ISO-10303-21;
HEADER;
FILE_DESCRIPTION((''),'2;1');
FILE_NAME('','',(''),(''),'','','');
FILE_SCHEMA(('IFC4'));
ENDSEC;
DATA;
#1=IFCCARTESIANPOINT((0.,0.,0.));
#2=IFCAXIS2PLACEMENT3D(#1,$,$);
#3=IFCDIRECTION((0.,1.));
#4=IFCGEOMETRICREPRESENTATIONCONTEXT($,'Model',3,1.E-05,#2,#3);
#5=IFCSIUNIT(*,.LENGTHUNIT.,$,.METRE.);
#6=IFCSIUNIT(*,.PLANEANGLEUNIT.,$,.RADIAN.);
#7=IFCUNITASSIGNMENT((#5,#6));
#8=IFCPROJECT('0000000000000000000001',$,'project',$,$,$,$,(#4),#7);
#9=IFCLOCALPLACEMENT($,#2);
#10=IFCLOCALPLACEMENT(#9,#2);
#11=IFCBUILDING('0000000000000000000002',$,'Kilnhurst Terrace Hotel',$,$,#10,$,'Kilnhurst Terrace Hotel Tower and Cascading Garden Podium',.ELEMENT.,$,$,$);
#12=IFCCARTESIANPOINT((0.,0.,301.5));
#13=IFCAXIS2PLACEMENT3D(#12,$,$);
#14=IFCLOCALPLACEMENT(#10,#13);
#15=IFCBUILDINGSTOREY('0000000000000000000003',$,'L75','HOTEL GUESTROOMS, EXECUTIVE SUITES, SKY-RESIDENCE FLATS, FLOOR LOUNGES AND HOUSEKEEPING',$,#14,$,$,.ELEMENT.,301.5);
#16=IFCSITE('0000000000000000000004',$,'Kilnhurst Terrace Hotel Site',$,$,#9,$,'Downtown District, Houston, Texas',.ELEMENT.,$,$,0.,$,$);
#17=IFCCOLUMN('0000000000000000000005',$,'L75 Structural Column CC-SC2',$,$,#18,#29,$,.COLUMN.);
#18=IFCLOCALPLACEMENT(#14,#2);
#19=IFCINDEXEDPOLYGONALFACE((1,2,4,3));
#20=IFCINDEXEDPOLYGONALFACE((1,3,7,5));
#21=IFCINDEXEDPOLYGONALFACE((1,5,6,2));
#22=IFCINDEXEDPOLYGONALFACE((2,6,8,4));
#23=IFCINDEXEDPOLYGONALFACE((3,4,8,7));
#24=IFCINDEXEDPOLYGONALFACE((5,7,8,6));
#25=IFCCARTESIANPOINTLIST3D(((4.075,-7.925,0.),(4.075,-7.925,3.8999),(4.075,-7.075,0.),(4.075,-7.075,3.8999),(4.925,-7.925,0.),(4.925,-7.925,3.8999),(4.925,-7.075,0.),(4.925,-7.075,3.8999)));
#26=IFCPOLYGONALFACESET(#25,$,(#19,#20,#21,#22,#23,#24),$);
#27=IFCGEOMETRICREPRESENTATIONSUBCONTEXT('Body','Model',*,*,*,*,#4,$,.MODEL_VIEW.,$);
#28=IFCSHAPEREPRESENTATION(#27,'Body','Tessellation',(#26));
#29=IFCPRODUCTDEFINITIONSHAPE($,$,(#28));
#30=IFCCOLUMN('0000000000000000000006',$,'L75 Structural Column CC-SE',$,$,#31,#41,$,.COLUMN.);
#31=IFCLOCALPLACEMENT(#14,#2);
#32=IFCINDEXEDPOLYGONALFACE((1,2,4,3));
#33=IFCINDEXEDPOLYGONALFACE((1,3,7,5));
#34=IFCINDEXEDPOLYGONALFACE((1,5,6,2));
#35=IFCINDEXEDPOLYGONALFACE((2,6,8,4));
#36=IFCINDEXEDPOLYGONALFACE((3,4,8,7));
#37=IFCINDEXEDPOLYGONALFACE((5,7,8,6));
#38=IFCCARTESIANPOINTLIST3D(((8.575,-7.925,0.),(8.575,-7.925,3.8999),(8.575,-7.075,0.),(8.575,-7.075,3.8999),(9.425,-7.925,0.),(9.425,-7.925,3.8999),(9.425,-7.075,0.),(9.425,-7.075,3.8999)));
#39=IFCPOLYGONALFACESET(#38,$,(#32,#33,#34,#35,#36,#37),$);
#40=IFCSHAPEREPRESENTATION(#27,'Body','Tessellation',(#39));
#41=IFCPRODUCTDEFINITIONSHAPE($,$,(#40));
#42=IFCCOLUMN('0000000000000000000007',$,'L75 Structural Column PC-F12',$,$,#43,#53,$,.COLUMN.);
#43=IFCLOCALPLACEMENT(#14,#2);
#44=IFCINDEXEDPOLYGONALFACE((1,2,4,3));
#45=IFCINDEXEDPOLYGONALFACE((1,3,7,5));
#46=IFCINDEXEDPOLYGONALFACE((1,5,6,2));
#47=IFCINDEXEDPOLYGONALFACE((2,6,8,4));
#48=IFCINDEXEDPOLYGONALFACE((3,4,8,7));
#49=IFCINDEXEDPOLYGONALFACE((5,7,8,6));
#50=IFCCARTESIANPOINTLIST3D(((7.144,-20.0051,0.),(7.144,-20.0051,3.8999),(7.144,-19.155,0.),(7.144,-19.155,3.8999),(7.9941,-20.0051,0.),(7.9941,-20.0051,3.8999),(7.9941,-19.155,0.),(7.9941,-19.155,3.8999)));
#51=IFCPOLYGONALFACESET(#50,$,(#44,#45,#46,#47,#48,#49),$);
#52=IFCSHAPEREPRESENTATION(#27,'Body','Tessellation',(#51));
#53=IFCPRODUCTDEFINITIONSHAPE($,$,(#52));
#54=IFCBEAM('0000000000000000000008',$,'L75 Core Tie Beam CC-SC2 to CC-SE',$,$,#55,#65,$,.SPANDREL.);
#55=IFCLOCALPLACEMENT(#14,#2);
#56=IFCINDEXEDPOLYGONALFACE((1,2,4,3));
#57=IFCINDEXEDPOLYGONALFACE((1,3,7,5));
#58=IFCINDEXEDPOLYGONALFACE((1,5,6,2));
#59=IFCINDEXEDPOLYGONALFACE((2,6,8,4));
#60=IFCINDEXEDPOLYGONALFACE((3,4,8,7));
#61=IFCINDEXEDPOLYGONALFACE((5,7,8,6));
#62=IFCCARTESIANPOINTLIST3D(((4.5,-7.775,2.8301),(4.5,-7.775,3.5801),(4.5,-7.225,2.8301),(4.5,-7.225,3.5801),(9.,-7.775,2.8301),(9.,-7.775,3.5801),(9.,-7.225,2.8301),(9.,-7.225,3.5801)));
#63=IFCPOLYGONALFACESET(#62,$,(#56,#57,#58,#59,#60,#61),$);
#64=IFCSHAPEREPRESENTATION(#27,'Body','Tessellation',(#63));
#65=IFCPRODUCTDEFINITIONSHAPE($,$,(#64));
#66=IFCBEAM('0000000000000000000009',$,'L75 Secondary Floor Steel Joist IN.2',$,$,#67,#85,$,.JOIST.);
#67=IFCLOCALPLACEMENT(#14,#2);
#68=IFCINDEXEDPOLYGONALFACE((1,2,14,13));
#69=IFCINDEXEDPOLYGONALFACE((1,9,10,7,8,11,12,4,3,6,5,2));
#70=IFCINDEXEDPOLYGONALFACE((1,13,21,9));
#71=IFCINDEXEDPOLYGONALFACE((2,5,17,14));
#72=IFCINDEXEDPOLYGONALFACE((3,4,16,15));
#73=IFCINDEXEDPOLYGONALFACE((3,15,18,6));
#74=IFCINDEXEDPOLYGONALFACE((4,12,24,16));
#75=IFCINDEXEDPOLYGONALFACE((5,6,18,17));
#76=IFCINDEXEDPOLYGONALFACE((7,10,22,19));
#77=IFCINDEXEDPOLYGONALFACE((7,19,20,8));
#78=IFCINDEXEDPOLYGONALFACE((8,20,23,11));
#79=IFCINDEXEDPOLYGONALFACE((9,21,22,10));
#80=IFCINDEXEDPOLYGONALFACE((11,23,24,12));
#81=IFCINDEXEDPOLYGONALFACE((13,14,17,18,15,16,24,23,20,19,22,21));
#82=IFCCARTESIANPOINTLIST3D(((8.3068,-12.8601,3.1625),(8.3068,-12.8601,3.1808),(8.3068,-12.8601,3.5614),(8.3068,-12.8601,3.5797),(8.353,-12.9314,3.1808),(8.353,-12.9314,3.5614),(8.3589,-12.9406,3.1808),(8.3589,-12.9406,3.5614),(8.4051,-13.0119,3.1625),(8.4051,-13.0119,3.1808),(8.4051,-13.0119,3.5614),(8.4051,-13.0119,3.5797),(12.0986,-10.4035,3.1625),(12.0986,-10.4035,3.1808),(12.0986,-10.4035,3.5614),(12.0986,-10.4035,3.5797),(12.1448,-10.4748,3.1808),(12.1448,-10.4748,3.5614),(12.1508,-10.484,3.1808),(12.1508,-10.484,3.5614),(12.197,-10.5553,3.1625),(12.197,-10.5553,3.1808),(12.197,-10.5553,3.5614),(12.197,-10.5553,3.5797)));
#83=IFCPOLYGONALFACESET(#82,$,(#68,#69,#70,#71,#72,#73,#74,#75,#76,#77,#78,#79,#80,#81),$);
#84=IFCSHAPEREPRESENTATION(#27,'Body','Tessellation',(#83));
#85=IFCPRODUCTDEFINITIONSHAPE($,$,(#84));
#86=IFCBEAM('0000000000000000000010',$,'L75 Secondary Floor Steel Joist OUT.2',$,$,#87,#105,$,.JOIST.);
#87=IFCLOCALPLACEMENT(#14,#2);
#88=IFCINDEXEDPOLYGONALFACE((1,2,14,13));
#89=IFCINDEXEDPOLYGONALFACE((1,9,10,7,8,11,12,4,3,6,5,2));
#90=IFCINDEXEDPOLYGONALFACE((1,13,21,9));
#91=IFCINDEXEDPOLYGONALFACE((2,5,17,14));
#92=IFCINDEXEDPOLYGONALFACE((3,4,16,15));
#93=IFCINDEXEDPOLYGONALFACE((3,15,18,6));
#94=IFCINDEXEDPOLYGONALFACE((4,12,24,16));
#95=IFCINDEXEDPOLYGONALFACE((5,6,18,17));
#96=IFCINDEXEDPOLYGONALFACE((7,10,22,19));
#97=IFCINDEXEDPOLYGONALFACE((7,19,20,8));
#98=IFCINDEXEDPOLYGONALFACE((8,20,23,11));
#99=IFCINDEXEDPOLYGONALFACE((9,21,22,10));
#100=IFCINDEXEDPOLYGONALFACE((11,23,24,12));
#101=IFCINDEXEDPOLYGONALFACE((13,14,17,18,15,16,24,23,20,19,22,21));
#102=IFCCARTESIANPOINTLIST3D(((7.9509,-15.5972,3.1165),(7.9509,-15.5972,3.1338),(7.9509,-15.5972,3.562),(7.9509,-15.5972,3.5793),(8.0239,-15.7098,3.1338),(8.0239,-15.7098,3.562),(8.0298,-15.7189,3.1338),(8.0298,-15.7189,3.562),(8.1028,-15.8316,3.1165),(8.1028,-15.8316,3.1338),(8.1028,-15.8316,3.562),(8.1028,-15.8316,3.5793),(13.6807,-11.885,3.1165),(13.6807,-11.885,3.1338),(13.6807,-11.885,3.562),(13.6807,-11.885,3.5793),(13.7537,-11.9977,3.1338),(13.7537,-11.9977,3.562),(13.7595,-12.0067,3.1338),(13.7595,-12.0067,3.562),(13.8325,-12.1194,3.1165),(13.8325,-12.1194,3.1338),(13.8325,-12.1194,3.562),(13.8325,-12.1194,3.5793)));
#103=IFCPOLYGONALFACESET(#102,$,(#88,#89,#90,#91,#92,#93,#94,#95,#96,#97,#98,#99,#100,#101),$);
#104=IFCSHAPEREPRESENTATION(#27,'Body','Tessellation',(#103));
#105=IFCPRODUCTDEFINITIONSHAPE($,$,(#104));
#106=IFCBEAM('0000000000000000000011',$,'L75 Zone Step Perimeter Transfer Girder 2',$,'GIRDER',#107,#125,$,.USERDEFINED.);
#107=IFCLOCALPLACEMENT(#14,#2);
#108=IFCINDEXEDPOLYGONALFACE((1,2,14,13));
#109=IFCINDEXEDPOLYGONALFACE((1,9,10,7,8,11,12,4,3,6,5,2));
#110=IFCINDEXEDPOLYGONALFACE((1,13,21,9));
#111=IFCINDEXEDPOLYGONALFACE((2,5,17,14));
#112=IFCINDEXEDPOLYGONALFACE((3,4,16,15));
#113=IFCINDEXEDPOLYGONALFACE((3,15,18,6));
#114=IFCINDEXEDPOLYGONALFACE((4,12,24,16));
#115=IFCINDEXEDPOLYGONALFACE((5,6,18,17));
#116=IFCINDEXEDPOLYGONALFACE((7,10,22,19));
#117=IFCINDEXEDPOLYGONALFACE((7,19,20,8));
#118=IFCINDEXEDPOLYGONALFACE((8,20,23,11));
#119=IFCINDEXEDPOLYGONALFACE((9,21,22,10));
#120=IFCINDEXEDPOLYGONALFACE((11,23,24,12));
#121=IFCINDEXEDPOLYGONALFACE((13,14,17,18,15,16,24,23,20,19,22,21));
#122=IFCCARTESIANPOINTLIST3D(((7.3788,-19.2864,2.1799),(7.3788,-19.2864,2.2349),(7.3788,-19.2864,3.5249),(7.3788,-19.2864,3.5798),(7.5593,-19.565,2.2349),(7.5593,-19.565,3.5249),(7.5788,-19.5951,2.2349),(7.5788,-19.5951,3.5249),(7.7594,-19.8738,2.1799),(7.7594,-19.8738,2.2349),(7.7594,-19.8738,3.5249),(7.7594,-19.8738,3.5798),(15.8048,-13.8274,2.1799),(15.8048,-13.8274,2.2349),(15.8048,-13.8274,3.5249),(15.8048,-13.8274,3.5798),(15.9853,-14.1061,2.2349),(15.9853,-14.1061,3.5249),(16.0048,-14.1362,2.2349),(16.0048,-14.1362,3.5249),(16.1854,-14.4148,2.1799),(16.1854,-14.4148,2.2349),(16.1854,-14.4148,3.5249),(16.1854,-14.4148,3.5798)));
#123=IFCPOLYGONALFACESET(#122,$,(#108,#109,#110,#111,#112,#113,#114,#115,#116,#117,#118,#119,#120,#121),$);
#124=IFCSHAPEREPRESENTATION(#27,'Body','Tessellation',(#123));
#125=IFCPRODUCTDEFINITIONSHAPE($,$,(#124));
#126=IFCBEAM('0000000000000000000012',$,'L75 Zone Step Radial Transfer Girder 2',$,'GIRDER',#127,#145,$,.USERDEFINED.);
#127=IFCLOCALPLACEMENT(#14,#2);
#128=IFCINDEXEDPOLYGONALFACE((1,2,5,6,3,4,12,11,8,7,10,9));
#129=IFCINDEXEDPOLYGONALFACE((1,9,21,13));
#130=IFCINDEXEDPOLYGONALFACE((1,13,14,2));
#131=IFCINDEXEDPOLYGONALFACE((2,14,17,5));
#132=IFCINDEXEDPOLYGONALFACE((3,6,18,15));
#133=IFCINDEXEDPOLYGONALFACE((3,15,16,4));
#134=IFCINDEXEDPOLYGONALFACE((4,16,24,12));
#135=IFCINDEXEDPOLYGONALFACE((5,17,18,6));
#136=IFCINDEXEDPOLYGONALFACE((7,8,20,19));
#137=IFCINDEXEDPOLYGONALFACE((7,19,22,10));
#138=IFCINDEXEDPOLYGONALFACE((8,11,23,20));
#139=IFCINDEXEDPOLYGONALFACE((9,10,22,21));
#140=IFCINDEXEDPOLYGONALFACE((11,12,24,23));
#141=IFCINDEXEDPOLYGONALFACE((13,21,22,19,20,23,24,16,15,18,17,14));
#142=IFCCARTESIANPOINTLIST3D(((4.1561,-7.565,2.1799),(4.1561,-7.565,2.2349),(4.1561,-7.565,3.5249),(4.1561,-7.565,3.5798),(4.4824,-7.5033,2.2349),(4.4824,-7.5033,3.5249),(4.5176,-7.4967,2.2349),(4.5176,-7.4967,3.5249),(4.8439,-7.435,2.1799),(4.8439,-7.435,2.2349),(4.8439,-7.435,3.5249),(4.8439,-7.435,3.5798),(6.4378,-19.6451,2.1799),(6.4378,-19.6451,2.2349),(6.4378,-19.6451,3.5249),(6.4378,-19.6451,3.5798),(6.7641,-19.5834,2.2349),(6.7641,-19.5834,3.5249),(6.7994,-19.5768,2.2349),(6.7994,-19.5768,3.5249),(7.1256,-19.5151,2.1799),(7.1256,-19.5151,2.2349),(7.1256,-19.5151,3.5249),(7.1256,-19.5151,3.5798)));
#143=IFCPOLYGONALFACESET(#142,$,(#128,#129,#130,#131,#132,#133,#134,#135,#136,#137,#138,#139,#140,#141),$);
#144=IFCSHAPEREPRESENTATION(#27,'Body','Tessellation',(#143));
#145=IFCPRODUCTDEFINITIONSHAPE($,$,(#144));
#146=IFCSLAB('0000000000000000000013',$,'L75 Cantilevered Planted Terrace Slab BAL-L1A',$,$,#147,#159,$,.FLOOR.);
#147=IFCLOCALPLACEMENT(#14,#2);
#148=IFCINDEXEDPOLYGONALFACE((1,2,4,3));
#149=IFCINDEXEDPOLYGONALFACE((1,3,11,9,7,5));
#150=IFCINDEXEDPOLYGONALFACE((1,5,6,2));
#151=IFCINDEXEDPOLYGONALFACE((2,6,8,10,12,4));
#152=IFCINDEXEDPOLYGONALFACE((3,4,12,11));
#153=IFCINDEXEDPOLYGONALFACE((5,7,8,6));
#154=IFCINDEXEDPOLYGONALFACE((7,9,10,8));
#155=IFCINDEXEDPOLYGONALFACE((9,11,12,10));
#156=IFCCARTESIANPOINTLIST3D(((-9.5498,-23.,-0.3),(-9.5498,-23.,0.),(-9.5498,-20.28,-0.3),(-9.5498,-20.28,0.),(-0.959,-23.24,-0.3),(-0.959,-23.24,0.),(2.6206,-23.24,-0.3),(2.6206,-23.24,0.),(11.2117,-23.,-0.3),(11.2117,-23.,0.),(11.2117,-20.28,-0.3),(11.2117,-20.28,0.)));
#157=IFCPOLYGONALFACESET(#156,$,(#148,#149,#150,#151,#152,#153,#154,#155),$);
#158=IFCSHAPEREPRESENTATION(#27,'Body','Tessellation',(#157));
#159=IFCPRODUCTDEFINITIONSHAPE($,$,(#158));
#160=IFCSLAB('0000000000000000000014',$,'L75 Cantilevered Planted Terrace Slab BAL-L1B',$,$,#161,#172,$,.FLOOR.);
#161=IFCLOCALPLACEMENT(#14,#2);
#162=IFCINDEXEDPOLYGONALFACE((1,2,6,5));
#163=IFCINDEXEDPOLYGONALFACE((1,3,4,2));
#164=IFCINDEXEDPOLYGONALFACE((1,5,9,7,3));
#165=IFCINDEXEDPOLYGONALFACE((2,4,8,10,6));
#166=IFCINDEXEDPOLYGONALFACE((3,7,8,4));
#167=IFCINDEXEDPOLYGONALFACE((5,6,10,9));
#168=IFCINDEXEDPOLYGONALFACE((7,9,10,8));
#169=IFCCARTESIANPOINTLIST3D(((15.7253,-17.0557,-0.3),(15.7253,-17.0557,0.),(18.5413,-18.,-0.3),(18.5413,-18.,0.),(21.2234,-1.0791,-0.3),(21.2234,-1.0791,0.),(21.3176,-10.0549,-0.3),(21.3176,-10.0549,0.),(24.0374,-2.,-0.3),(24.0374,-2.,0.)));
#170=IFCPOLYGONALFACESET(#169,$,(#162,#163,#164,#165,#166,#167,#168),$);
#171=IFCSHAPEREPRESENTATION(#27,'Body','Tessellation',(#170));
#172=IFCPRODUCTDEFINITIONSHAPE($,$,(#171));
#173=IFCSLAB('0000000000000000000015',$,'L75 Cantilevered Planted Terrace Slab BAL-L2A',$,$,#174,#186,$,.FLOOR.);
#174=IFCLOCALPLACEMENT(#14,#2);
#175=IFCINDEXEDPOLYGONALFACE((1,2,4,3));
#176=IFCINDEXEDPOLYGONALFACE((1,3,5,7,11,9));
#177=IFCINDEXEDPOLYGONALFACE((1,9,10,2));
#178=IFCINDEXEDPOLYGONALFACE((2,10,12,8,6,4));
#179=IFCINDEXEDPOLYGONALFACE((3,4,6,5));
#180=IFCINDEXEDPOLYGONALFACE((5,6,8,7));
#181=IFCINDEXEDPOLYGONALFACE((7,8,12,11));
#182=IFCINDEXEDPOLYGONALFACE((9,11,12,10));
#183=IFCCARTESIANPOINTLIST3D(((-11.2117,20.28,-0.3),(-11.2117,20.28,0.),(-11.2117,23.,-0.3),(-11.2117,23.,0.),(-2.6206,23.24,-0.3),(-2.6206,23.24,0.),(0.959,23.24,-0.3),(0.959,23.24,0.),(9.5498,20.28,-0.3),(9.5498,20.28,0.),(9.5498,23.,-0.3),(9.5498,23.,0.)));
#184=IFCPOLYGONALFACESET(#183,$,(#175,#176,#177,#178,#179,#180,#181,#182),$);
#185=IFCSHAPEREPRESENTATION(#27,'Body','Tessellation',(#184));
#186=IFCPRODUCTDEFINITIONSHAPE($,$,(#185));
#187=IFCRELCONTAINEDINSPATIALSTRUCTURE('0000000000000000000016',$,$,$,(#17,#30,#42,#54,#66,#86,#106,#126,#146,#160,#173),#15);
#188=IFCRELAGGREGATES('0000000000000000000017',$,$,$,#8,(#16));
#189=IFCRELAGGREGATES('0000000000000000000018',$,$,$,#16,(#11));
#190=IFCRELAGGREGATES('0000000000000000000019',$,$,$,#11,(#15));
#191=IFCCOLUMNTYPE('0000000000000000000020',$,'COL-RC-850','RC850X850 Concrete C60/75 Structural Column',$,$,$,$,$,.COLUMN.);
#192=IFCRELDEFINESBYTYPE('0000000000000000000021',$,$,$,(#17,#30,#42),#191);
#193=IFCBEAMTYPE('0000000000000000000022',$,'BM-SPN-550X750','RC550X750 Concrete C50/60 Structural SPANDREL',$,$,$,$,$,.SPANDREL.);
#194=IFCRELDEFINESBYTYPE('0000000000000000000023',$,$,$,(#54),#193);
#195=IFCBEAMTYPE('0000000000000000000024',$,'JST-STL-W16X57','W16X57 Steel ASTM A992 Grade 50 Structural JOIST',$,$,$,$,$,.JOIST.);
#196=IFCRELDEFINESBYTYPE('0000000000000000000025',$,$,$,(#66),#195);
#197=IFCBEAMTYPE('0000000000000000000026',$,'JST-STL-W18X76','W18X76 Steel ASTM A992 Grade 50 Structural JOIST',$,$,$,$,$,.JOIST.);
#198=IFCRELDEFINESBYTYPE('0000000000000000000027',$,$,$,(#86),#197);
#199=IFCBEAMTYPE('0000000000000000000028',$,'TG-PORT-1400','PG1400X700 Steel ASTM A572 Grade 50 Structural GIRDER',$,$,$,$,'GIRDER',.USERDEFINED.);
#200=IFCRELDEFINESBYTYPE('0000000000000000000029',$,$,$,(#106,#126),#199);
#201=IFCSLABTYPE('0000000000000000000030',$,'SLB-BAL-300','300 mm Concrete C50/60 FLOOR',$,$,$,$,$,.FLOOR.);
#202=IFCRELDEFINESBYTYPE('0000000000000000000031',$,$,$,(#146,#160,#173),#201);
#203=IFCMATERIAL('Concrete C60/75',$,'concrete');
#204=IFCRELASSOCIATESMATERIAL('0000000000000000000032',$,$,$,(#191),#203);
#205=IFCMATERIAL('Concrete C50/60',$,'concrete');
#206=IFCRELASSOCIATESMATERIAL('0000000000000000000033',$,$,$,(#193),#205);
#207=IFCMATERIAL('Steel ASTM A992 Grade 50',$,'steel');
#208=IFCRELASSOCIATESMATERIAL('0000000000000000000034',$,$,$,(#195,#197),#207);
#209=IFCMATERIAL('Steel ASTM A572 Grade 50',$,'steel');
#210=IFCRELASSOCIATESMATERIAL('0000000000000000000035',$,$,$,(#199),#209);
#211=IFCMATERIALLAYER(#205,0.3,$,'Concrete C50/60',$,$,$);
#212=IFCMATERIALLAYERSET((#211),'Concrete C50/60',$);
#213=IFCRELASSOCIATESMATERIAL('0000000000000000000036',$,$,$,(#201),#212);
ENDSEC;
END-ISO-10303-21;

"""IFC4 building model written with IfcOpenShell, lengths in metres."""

from ifc_helpers import new_model, si_unit, direction, frame, origin, origin_2d, place, context, subcontext, project, spatial, polyline, rectangle, i_section, outline, extrude, material, layer, layer_set, material_profile, profile_set, type_object, element, save


model = new_model("IFC4")

# Units and contexts
model_context = context("Model", 3, precision=1e-05, world=origin(), true_north=direction((0.0, 1.0)))
body_context = subcontext(model_context, "Body", "Model", "MODEL_VIEW")
ifc_project = project(units=[si_unit("LENGTHUNIT", "METRE"), si_unit("PLANEANGLEUNIT", "RADIAN")], contexts=[model_context])

# Site, building, storey
site_placement = place(None, origin())
site = spatial("IfcSite", under=ifc_project, at=site_placement, Name="Kilnhurst Terrace Hotel Site", LongName="Downtown District, Houston, Texas", CompositionType="ELEMENT", RefElevation=0.0)
building_placement = place(site_placement, origin())
building = spatial("IfcBuilding", under=site, at=building_placement, Name="Kilnhurst Terrace Hotel", LongName="Kilnhurst Terrace Hotel Tower and Cascading Garden Podium", CompositionType="ELEMENT")
storey_placement = place(building_placement, frame((0.0, 0.0, 301.5)))
storey = spatial("IfcBuildingStorey", under=building, at=storey_placement, Name="L75", Description="HOTEL GUESTROOMS, EXECUTIVE SUITES, SKY-RESIDENCE FLATS, FLOOR LOUNGES AND HOUSEKEEPING", CompositionType="ELEMENT", Elevation=301.5)

# Columns
ifc_material_1 = material(Name="Concrete C60/75", Category="concrete")
ifc_material_profile_1 = material_profile(ifc_material_1, rectangle(XDim=0.8501, YDim=0.8501, at=origin_2d()), Name="RC850X850")
ifc_profile_set_1 = profile_set([ifc_material_profile_1], Name="Concrete C60/75")
column_type = type_object("IfcColumnType", Name="COL-RC-850", Description="RC850X850 Concrete C60/75 Structural Column", PredefinedType="COLUMN", material=ifc_profile_set_1)
for number, where, z_axis, x_axis, name in (
    (1, (4.5, -7.5, 0.0), (0.0, 0.0, 1.0), (1.0, 0.0, 0.0), "L75 Structural Column CC-SC2"),
    (2, (9.0, -7.5, 0.0), (0.0, 0.0, 1.0), (1.0, 0.0, 0.0), "L75 Structural Column CC-SE"),
    (3, (7.5691, -19.5801, 0.0), (0.0, 0.0, 1.0), (1.0, 0.0, 0.0), "L75 Structural Column PC-F12"),
):
    element("IfcColumn", number, at=place(storey_placement, frame(where, z_axis=z_axis, x_axis=x_axis)), inside=storey, type_object=column_type, Name=name, PredefinedType="COLUMN", context=body_context, shape_type="SweptSolid", body=[
        extrude(rectangle(XDim=0.8501, YDim=0.8501, at=origin_2d()), origin(), (0.0, 0.0, 1.0), 3.8999),
    ])

# Beams
ifc_material_2 = material(Name="Concrete C50/60", Category="concrete")
ifc_material_profile_2 = material_profile(ifc_material_2, rectangle(XDim=0.55, YDim=0.75, at=origin_2d()), Name="RC550X750")
ifc_profile_set_2 = profile_set([ifc_material_profile_2], Name="Concrete C50/60")
beam_type_1 = type_object("IfcBeamType", Name="BM-SPN-550X750", Description="RC550X750 Concrete C50/60 Structural SPANDREL", PredefinedType="SPANDREL", material=ifc_profile_set_2)
beam_1_placement = place(storey_placement, frame((4.5, -7.5, 3.2051), z_axis=(1.0, 0.0, 0.0), x_axis=(0.0, 1.0, 0.0)))
element("IfcBeam", 4, at=beam_1_placement, inside=storey, type_object=beam_type_1, Name="L75 Core Tie Beam CC-SC2 to CC-SE", PredefinedType="SPANDREL", context=body_context, shape_type="SweptSolid", body=[
    extrude(rectangle(XDim=0.55, YDim=0.75, at=origin_2d()), origin(), (0.0, 0.0, 1.0), 4.5),
])
ifc_material_3 = material(Name="Steel ASTM A992 Grade 50", Category="steel")
ifc_material_profile_3 = material_profile(ifc_material_3, i_section(OverallWidth=0.1809, OverallDepth=0.4172, WebThickness=0.011, FlangeThickness=0.0183, at=origin_2d()), Name="W16X57")
ifc_profile_set_3 = profile_set([ifc_material_profile_3], Name="Steel ASTM A992 Grade 50")
beam_type_2 = type_object("IfcBeamType", Name="JST-STL-W16X57", Description="W16X57 Steel ASTM A992 Grade 50 Structural JOIST", PredefinedType="JOIST", material=ifc_profile_set_3)
beam_2_placement = place(storey_placement, frame((8.356, -12.936, 3.3711), z_axis=(0.839261, 0.543728, 0.0), x_axis=(-0.543728, 0.839261, 0.0)))
element("IfcBeam", 5, at=beam_2_placement, inside=storey, type_object=beam_type_2, Name="L75 Secondary Floor Steel Joist IN.2", PredefinedType="JOIST", context=body_context, shape_type="SweptSolid", body=[
    extrude(i_section(OverallWidth=0.1809, OverallDepth=0.4172, WebThickness=0.011, FlangeThickness=0.0183, at=origin_2d()), origin(), (0.0, 0.0, 1.0), 4.5181),
])
ifc_material_profile_4 = material_profile(ifc_material_3, i_section(OverallWidth=0.2793, OverallDepth=0.4629, WebThickness=0.0107, FlangeThickness=0.0173, at=origin_2d()), Name="W18X76")
ifc_profile_set_4 = profile_set([ifc_material_profile_4], Name="Steel ASTM A992 Grade 50")
beam_type_3 = type_object("IfcBeamType", Name="JST-STL-W18X76", Description="W18X76 Steel ASTM A992 Grade 50 Structural JOIST", PredefinedType="JOIST", material=ifc_profile_set_4)
beam_3_placement = place(storey_placement, frame((8.0269, -15.7144, 3.3479), z_axis=(0.839257, 0.543735, 0.0), x_axis=(-0.543735, 0.839257, 0.0)))
element("IfcBeam", 6, at=beam_3_placement, inside=storey, type_object=beam_type_3, Name="L75 Secondary Floor Steel Joist OUT.2", PredefinedType="JOIST", context=body_context, shape_type="SweptSolid", body=[
    extrude(i_section(OverallWidth=0.2793, OverallDepth=0.4629, WebThickness=0.0107, FlangeThickness=0.0173, at=origin_2d()), origin(), (0.0, 0.0, 1.0), 6.8271),
])
ifc_material_4 = material(Name="Steel ASTM A572 Grade 50", Category="steel")
ifc_material_profile_5 = material_profile(ifc_material_4, i_section(OverallWidth=0.7, OverallDepth=1.3999, WebThickness=0.0359, FlangeThickness=0.0549, at=origin_2d()), Name="PG1400X700")
ifc_profile_set_5 = profile_set([ifc_material_profile_5], Name="Steel ASTM A572 Grade 50")
beam_type_4 = type_object("IfcBeamType", Name="TG-PORT-1400", Description="PG1400X700 Steel ASTM A572 Grade 50 Structural GIRDER", ElementType="GIRDER", PredefinedType="USERDEFINED", material=ifc_profile_set_5)
beam_4_placement = place(storey_placement, frame((7.5691, -19.5801, 2.8799), z_axis=(0.839259, 0.543732, 0.0), x_axis=(-0.543732, 0.839259, 0.0)))
element("IfcBeam", 7, at=beam_4_placement, inside=storey, type_object=beam_type_4, Name="L75 Zone Step Perimeter Transfer Girder 2", ObjectType="GIRDER", PredefinedType="USERDEFINED", context=body_context, shape_type="SweptSolid", body=[
    extrude(i_section(OverallWidth=0.7, OverallDepth=1.3999, WebThickness=0.0359, FlangeThickness=0.0549, at=origin_2d()), origin(), (0.0, 0.0, 1.0), 10.0398),
])
beam_5_placement = place(storey_placement, frame((4.5, -7.5, 2.8799), z_axis=(0.185603, -0.982625, 0.0), x_axis=(0.982625, 0.185603, 0.0)))
element("IfcBeam", 8, at=beam_5_placement, inside=storey, type_object=beam_type_4, Name="L75 Zone Step Radial Transfer Girder 2", ObjectType="GIRDER", PredefinedType="USERDEFINED", context=body_context, shape_type="SweptSolid", body=[
    extrude(i_section(OverallWidth=0.7, OverallDepth=1.3999, WebThickness=0.0359, FlangeThickness=0.0549, at=origin_2d()), origin(), (0.0, 0.0, 1.0), 12.2937),
])

# Slabs
ifc_layer_1 = layer(ifc_material_2, 0.3, Name="Concrete C50/60")
ifc_layer_set_1 = layer_set([ifc_layer_1], Name="Concrete C50/60")
slab_type_1 = type_object("IfcSlabType", Name="SLB-BAL-300", Description="300 mm Concrete C50/60 FLOOR", PredefinedType="FLOOR", material=ifc_layer_set_1)
slab_1_placement = place(storey_placement, frame((0.0, 0.0, -0.3)))
element("IfcSlab", 9, at=slab_1_placement, inside=storey, type_object=slab_type_1, Name="L75 Cantilevered Planted Terrace Slab BAL-L1A", PredefinedType="FLOOR", context=body_context, shape_type="SweptSolid", body=[
    extrude(outline(polyline([(2.6206, -23.24), (-0.959, -23.24), (-9.5498, -23.0), (-9.5498, -20.28), (11.2117, -20.28), (11.2117, -23.0), (2.6206, -23.24)])), origin(), (0.0, 0.0, 1.0), 0.3),
])
slab_2_placement = place(storey_placement, frame((0.0, 0.0, -0.3)))
element("IfcSlab", 10, at=slab_2_placement, inside=storey, type_object=slab_type_1, Name="L75 Cantilevered Planted Terrace Slab BAL-L1B", PredefinedType="FLOOR", context=body_context, shape_type="SweptSolid", body=[
    extrude(outline(polyline([(18.5413, -18.0), (15.7253, -17.0557), (21.2234, -1.0791), (24.0374, -2.0), (21.3176, -10.0549), (18.5413, -18.0)])), origin(), (0.0, 0.0, 1.0), 0.3),
])
slab_3_placement = place(storey_placement, frame((0.0, 0.0, -0.3)))
element("IfcSlab", 11, at=slab_3_placement, inside=storey, type_object=slab_type_1, Name="L75 Cantilevered Planted Terrace Slab BAL-L2A", PredefinedType="FLOOR", context=body_context, shape_type="SweptSolid", body=[
    extrude(outline(polyline([(0.959, 23.24), (9.5498, 23.0), (9.5498, 20.28), (-11.2117, 20.28), (-11.2117, 23.0), (-2.6206, 23.24), (0.959, 23.24)])), origin(), (0.0, 0.0, 1.0), 0.3),
])

save(model, "model.ifc")
